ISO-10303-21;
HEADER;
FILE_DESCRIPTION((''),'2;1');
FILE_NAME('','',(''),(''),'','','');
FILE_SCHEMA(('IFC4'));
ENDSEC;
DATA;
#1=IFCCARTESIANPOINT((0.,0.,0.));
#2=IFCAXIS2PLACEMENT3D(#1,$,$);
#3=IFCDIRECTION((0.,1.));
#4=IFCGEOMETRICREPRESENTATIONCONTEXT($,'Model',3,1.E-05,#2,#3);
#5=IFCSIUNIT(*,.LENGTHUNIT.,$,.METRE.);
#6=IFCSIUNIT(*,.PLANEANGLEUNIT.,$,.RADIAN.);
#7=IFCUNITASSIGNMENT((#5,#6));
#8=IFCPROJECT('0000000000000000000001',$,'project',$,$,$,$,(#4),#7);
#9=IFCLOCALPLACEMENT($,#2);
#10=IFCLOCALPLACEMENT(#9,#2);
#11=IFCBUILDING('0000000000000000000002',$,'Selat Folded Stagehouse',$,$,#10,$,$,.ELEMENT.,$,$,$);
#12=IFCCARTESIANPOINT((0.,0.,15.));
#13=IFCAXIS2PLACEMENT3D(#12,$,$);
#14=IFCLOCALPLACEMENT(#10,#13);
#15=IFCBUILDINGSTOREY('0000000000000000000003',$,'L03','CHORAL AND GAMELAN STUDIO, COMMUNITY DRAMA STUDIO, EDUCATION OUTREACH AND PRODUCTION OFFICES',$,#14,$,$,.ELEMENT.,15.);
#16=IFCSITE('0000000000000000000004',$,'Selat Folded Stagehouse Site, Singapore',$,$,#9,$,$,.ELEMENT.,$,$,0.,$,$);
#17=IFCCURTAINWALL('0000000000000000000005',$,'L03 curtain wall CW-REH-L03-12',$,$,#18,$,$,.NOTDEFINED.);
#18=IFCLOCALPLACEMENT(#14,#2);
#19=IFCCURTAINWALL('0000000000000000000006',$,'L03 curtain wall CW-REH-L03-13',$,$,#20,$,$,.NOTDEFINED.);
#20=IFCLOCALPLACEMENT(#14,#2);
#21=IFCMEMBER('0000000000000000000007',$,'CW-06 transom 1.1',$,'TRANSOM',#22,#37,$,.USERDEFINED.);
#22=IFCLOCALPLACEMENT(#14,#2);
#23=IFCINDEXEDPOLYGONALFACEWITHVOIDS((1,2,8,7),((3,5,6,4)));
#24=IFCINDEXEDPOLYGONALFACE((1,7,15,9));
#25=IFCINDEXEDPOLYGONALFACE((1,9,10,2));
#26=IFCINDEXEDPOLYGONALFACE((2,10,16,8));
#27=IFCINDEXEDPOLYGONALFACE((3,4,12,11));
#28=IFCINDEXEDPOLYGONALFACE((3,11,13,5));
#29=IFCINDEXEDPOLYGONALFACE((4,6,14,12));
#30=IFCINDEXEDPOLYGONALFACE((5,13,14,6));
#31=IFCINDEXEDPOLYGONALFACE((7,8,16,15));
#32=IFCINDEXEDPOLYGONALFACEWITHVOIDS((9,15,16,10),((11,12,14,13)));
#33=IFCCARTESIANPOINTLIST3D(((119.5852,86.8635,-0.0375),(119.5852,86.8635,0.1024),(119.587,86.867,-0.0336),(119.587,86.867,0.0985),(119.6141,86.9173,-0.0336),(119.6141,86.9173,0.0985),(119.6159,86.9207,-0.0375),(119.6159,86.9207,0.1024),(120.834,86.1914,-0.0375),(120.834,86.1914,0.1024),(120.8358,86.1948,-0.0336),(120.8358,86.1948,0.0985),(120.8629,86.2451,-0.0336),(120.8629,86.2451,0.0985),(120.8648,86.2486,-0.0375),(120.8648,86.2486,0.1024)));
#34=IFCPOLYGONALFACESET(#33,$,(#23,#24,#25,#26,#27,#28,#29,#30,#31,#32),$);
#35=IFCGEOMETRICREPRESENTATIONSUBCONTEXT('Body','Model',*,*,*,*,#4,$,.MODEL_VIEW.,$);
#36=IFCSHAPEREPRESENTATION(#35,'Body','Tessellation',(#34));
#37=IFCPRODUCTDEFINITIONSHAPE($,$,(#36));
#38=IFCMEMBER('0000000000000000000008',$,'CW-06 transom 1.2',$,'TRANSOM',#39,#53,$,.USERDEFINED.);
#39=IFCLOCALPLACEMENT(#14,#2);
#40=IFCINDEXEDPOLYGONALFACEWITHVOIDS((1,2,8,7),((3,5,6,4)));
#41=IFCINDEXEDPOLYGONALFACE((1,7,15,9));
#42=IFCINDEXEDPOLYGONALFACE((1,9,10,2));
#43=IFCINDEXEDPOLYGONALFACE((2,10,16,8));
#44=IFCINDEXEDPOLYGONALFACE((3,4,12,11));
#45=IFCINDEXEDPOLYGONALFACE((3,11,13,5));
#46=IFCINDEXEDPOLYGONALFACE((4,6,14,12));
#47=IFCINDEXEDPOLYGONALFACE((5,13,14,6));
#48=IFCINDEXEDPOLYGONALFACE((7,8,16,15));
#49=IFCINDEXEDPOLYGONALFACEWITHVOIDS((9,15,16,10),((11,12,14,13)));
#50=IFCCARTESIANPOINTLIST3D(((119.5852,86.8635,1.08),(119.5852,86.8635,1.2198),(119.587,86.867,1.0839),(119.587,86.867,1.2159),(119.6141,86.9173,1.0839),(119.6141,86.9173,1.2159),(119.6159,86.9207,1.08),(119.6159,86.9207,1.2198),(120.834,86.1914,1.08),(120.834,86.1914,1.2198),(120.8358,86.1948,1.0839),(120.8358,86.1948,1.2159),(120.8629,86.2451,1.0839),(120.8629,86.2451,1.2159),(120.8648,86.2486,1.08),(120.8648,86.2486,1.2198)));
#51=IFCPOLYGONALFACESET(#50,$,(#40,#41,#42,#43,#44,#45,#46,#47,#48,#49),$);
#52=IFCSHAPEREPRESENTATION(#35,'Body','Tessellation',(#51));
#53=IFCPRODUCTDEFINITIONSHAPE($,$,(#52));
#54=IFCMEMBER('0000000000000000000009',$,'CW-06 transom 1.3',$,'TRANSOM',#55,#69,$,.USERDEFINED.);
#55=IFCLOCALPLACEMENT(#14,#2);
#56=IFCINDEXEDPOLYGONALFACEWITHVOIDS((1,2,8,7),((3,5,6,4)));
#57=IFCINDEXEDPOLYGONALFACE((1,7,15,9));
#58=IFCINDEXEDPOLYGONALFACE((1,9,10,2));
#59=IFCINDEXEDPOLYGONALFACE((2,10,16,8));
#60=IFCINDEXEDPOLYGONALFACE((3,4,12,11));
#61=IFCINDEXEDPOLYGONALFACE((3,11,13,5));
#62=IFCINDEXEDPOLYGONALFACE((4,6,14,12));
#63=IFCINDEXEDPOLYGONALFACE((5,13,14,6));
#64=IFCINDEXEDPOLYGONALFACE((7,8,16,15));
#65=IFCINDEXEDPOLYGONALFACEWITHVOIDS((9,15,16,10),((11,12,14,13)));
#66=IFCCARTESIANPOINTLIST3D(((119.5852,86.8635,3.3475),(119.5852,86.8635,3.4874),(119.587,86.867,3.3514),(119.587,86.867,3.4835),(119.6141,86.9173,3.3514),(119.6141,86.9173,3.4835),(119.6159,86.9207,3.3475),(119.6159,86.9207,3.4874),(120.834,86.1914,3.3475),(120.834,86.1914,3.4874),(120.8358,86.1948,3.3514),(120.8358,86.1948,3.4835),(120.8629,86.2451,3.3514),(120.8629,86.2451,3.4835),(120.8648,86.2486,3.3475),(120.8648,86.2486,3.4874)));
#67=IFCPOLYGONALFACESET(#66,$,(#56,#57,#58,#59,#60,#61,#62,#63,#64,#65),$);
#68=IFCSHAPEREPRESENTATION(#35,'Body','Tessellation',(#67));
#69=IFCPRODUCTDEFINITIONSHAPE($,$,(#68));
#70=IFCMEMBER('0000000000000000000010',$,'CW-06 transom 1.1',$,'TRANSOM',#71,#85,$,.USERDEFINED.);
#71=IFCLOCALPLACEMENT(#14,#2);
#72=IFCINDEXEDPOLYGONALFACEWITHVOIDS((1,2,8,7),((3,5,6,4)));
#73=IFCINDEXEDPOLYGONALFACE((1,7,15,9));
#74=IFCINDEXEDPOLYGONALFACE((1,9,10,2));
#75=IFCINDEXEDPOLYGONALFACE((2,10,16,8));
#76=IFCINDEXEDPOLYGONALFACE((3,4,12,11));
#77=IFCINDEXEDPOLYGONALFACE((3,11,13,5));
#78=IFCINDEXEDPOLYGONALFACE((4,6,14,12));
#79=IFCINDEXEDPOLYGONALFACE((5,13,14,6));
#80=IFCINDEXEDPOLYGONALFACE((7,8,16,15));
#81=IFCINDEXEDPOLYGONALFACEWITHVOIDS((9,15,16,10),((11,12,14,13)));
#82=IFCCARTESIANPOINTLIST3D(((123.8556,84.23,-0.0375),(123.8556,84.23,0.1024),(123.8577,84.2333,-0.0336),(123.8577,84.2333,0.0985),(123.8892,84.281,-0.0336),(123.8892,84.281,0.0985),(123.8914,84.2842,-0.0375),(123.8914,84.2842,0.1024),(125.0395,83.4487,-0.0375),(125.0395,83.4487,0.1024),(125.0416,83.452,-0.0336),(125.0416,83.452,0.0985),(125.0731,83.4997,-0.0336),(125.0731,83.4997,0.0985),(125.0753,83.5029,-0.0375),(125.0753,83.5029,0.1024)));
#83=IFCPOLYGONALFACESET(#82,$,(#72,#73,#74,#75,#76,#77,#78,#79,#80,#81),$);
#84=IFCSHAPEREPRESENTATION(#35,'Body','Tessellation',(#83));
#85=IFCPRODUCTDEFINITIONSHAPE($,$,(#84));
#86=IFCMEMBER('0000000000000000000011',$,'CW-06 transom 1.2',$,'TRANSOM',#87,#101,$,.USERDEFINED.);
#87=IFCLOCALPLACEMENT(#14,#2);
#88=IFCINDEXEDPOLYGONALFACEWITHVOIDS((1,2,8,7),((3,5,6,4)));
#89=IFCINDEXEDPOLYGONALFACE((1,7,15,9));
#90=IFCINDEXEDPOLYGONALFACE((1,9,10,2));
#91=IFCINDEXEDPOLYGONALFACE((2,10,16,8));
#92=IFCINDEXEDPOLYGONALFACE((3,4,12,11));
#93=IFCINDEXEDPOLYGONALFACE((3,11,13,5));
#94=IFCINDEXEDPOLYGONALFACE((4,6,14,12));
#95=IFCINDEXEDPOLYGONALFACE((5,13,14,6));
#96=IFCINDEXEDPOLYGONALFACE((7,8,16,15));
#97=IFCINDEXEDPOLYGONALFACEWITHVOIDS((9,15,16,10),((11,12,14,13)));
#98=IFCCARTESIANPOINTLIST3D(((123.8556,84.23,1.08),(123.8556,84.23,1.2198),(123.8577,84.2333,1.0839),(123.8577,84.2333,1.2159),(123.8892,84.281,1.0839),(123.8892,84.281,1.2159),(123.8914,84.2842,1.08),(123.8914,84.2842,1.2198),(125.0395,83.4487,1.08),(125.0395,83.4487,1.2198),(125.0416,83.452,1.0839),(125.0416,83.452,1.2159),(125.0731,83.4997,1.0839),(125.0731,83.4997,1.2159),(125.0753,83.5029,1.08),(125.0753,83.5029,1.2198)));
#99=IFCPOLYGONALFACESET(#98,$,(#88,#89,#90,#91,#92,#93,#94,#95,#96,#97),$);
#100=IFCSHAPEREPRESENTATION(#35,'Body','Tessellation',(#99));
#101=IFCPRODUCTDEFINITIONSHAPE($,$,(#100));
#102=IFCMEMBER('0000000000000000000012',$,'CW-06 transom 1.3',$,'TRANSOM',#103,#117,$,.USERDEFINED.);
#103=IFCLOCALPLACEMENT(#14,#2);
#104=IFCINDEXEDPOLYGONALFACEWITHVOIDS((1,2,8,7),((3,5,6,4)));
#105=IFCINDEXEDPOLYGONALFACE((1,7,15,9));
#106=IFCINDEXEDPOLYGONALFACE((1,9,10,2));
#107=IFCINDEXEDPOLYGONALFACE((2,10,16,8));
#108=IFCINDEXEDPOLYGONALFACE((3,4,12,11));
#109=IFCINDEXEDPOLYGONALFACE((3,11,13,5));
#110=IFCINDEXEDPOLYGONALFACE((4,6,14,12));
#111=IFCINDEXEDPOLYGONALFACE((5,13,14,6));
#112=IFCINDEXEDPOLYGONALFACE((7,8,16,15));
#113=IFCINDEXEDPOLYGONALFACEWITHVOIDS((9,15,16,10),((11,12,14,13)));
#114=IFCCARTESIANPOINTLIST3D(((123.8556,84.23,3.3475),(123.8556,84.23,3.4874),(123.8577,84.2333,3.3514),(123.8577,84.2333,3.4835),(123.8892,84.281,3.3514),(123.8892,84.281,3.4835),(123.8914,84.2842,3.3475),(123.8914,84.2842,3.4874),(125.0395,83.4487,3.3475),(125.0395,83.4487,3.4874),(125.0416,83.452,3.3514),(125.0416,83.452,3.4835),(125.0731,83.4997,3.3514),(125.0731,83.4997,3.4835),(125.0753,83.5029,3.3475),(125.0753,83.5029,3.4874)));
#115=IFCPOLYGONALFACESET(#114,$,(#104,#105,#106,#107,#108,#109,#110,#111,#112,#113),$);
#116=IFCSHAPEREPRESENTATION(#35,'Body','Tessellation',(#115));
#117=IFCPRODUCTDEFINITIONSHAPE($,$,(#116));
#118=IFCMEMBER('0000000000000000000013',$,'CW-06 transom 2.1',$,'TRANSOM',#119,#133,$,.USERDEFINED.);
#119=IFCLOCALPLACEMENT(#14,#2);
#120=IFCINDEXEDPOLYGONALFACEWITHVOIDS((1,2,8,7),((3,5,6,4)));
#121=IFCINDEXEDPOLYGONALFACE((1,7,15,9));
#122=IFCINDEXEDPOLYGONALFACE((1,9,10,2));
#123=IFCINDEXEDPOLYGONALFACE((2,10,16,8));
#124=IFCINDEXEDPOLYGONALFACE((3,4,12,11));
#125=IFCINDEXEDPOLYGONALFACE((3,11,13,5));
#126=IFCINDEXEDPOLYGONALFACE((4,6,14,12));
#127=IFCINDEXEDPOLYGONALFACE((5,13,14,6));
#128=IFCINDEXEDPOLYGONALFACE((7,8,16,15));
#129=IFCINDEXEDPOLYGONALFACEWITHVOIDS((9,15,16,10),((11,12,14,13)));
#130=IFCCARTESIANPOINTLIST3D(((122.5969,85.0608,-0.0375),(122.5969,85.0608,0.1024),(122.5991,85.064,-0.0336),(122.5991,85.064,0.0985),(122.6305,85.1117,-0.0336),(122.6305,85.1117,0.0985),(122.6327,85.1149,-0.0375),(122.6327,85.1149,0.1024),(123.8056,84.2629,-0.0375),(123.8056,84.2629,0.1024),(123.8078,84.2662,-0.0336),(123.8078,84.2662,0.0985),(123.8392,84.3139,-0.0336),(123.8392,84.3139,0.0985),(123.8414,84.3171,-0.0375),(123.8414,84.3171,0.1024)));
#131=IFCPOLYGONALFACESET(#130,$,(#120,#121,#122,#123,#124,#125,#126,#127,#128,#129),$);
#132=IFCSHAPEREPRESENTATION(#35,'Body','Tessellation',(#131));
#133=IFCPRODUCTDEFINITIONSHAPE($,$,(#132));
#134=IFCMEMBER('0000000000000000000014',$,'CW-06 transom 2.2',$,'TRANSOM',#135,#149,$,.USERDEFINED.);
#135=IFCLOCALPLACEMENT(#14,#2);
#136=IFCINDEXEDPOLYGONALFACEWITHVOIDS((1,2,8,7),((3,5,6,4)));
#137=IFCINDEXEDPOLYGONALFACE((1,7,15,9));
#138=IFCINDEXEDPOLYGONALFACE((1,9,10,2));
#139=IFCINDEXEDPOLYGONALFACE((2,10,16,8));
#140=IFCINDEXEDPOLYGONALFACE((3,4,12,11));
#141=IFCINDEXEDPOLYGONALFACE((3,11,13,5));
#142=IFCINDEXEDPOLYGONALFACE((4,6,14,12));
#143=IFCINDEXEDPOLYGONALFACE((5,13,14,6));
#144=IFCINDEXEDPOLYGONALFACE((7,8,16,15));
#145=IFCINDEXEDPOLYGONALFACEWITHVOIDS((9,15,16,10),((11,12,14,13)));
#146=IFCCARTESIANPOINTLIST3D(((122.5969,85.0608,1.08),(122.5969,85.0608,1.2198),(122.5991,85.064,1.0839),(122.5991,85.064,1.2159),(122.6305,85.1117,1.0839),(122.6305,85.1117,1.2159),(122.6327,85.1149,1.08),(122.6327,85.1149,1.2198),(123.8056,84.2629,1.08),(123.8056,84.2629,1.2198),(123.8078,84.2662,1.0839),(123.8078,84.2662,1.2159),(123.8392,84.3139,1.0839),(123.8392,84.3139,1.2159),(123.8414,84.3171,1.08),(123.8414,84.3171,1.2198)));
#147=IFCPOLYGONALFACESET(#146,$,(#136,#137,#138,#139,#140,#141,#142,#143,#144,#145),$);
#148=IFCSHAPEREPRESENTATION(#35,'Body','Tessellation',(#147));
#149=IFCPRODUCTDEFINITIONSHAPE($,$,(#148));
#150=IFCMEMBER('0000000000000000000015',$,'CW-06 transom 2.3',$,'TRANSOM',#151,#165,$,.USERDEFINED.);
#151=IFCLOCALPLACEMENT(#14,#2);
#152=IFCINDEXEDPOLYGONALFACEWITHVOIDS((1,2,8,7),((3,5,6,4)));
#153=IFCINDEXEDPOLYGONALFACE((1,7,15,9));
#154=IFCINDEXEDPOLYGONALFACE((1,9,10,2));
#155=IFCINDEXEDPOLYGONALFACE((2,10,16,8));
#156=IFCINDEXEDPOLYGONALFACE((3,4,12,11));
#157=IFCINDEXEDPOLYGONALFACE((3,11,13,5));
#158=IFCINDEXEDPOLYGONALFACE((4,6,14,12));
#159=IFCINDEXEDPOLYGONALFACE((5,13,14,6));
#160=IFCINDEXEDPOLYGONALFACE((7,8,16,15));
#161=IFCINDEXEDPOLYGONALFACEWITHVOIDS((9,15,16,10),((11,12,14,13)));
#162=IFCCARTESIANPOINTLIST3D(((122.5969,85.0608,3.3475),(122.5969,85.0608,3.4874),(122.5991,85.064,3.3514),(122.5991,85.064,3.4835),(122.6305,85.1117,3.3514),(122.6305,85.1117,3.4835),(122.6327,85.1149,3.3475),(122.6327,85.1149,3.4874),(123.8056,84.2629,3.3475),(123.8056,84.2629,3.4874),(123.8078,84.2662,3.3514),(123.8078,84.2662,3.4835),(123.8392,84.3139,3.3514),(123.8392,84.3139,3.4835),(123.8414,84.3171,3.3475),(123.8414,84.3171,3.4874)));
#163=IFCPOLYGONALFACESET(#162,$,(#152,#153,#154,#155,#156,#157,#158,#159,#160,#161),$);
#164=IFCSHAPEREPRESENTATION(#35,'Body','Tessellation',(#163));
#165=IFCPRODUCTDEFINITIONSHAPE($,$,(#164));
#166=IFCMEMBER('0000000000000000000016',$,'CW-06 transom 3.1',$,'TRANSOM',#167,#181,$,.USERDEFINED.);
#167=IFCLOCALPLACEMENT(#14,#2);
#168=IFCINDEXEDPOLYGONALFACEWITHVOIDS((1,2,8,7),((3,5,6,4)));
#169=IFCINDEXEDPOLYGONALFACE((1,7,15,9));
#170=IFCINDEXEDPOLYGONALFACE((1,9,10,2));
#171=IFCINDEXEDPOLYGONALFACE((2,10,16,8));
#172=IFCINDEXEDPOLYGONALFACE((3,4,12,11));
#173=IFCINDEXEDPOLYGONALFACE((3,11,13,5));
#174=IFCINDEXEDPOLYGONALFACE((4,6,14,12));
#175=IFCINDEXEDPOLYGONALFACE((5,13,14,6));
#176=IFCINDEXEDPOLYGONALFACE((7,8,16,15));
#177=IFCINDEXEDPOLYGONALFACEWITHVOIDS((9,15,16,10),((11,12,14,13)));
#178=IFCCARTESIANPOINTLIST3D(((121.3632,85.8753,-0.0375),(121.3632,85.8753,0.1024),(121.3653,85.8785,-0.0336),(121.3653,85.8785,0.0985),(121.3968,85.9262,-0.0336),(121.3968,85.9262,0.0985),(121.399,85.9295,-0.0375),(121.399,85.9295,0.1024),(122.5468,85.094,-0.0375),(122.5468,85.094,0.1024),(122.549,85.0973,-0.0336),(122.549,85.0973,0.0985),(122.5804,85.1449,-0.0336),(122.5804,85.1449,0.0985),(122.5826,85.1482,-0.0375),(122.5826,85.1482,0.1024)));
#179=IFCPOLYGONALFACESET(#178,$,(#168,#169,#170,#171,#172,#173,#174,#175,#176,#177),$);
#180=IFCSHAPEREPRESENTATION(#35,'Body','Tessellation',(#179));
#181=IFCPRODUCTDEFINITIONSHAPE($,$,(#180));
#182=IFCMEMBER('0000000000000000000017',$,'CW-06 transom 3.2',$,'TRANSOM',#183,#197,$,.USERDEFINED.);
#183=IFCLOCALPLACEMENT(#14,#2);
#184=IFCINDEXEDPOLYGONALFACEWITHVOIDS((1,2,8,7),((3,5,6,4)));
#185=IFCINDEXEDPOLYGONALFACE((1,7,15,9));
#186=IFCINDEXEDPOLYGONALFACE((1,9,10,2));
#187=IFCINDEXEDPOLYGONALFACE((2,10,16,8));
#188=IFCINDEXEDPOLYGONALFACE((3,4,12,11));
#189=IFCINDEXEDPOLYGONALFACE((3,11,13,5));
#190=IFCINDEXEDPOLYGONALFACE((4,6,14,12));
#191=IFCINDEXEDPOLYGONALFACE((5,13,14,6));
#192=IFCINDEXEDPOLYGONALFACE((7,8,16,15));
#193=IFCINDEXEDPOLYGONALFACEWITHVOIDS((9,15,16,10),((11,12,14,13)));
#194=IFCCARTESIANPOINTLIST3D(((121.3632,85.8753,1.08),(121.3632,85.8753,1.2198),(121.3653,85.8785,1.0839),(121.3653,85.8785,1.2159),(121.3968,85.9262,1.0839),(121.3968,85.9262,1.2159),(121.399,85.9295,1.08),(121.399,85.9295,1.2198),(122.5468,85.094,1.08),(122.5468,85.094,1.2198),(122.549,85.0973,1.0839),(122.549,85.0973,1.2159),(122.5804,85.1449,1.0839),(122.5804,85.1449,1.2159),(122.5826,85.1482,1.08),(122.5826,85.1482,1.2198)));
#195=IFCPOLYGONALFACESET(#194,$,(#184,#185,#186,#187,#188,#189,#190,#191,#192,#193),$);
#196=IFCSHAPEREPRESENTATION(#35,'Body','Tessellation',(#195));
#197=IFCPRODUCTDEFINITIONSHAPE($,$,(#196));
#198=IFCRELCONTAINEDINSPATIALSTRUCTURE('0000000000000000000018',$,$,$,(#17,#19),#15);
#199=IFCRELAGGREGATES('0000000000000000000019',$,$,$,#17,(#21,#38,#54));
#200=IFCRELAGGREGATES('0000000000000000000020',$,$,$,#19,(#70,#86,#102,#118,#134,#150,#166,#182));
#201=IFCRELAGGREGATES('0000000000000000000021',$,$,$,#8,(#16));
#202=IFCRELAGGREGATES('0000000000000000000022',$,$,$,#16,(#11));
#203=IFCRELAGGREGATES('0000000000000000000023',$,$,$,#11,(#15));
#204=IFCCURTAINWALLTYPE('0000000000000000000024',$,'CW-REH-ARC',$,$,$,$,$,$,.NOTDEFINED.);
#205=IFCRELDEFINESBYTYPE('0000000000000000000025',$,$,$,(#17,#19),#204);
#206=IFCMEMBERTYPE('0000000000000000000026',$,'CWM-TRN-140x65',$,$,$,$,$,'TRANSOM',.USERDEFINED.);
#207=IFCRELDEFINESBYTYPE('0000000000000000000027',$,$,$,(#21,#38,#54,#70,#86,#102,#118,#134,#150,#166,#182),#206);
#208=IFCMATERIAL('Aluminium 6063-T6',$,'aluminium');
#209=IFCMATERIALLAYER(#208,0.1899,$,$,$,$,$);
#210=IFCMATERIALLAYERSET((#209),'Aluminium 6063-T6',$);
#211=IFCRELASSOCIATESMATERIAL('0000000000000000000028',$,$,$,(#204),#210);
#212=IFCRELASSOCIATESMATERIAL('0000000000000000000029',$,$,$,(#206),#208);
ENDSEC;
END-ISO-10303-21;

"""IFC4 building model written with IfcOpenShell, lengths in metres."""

from ifc_helpers import new_model, si_unit, direction, frame, origin, origin_2d, place, context, subcontext, project, spatial, hollow_rectangle, extrude, material, layer, layer_set, material_profile, profile_set, type_object, element, aggregate, save


model = new_model("IFC4")

# Units and contexts
model_context = context("Model", 3, precision=1e-05, world=origin(), true_north=direction((0.0, 1.0)))
body_context = subcontext(model_context, "Body", "Model", "MODEL_VIEW")
ifc_project = project(units=[si_unit("LENGTHUNIT", "METRE"), si_unit("PLANEANGLEUNIT", "RADIAN")], contexts=[model_context])

# Site, building, storey
site_placement = place(None, origin())
site = spatial("IfcSite", under=ifc_project, at=site_placement, Name="Selat Folded Stagehouse Site, Singapore", CompositionType="ELEMENT", RefElevation=0.0)
building_placement = place(site_placement, origin())
building = spatial("IfcBuilding", under=site, at=building_placement, Name="Selat Folded Stagehouse", CompositionType="ELEMENT")
storey_placement = place(building_placement, frame((0.0, 0.0, 15.0)))
storey = spatial("IfcBuildingStorey", under=building, at=storey_placement, Name="L03", Description="CHORAL AND GAMELAN STUDIO, COMMUNITY DRAMA STUDIO, EDUCATION OUTREACH AND PRODUCTION OFFICES", CompositionType="ELEMENT", Elevation=15.0)

# Curtain walls
ifc_material_1 = material(Name="Aluminium 6063-T6", Category="aluminium")
ifc_layer_1 = layer(ifc_material_1, 0.1899)
ifc_layer_set_1 = layer_set([ifc_layer_1], Name="Aluminium 6063-T6")
curtain_wall_type = type_object("IfcCurtainWallType", Name="CW-REH-ARC", PredefinedType="NOTDEFINED", material=ifc_layer_set_1)
curtain_wall_1_placement = place(storey_placement, origin())
curtain_wall_1 = element("IfcCurtainWall", 1, at=curtain_wall_1_placement, inside=storey, type_object=curtain_wall_type, Name="L03 curtain wall CW-REH-L03-12", PredefinedType="NOTDEFINED")
curtain_wall_2_placement = place(storey_placement, origin())
curtain_wall_2 = element("IfcCurtainWall", 2, at=curtain_wall_2_placement, inside=storey, type_object=curtain_wall_type, Name="L03 curtain wall CW-REH-L03-13", PredefinedType="NOTDEFINED")

# Members
ifc_material_profile_1 = material_profile(ifc_material_1, hollow_rectangle(XDim=0.0649, YDim=0.1399, WallThickness=0.0039, at=origin_2d()), Name="ALU 140x65x4.0")
ifc_profile_set_1 = profile_set([ifc_material_profile_1], Name="Aluminium 6063-T6")
member_type_1 = type_object("IfcMemberType", Name="CWM-TRN-140x65", ElementType="TRANSOM", PredefinedType="USERDEFINED", material=ifc_profile_set_1)
member_1_placement = place(storey_placement, frame((120.8494, 86.22, 0.0325), z_axis=(-0.88056, 0.473936, 0.0), x_axis=(-0.473936, -0.88056, 0.0)))
member_1 = element("IfcMember", 3, at=member_1_placement, type_object=member_type_1, Name="CW-06 transom 1.1", ObjectType="TRANSOM", PredefinedType="USERDEFINED", context=body_context, shape_type="SweptSolid", body=[
    extrude(hollow_rectangle(XDim=0.0649, YDim=0.1399, WallThickness=0.0039, at=origin_2d()), origin(), (0.0, 0.0, 1.0), 1.4182),
])
member_2_placement = place(storey_placement, frame((120.8494, 86.22, 1.1499), z_axis=(-0.88056, 0.473936, 0.0), x_axis=(-0.473936, -0.88056, 0.0)))
member_2 = element("IfcMember", 4, at=member_2_placement, type_object=member_type_1, Name="CW-06 transom 1.2", ObjectType="TRANSOM", PredefinedType="USERDEFINED", context=body_context, shape_type="SweptSolid", body=[
    extrude(hollow_rectangle(XDim=0.0649, YDim=0.1399, WallThickness=0.0039, at=origin_2d()), origin(), (0.0, 0.0, 1.0), 1.4182),
])
member_3_placement = place(storey_placement, frame((120.8494, 86.22, 3.4175), z_axis=(-0.88056, 0.473936, 0.0), x_axis=(-0.473936, -0.88056, 0.0)))
member_3 = element("IfcMember", 5, at=member_3_placement, type_object=member_type_1, Name="CW-06 transom 1.3", ObjectType="TRANSOM", PredefinedType="USERDEFINED", context=body_context, shape_type="SweptSolid", body=[
    extrude(hollow_rectangle(XDim=0.0649, YDim=0.1399, WallThickness=0.0039, at=origin_2d()), origin(), (0.0, 0.0, 1.0), 1.4182),
])
member_4_placement = place(storey_placement, frame((125.0574, 83.4758, 0.0325), z_axis=(-0.834636, 0.550801, 0.0), x_axis=(-0.550801, -0.834636, 0.0)))
member_4 = element("IfcMember", 6, at=member_4_placement, type_object=member_type_1, Name="CW-06 transom 1.1", ObjectType="TRANSOM", PredefinedType="USERDEFINED", context=body_context, shape_type="SweptSolid", body=[
    extrude(hollow_rectangle(XDim=0.0649, YDim=0.1399, WallThickness=0.0039, at=origin_2d()), origin(), (0.0, 0.0, 1.0), 1.4185),
])
member_5_placement = place(storey_placement, frame((125.0574, 83.4758, 1.1499), z_axis=(-0.834636, 0.550801, 0.0), x_axis=(-0.550801, -0.834636, 0.0)))
member_5 = element("IfcMember", 7, at=member_5_placement, type_object=member_type_1, Name="CW-06 transom 1.2", ObjectType="TRANSOM", PredefinedType="USERDEFINED", context=body_context, shape_type="SweptSolid", body=[
    extrude(hollow_rectangle(XDim=0.0649, YDim=0.1399, WallThickness=0.0039, at=origin_2d()), origin(), (0.0, 0.0, 1.0), 1.4185),
])
member_6_placement = place(storey_placement, frame((125.0574, 83.4758, 3.4175), z_axis=(-0.834636, 0.550801, 0.0), x_axis=(-0.550801, -0.834636, 0.0)))
member_6 = element("IfcMember", 8, at=member_6_placement, type_object=member_type_1, Name="CW-06 transom 1.3", ObjectType="TRANSOM", PredefinedType="USERDEFINED", context=body_context, shape_type="SweptSolid", body=[
    extrude(hollow_rectangle(XDim=0.0649, YDim=0.1399, WallThickness=0.0039, at=origin_2d()), origin(), (0.0, 0.0, 1.0), 1.4185),
])
member_7_placement = place(storey_placement, frame((123.8235, 84.29, 0.0325), z_axis=(-0.834583, 0.550882, 0.0), x_axis=(-0.550882, -0.834583, 0.0)))
member_7 = element("IfcMember", 9, at=member_7_placement, type_object=member_type_1, Name="CW-06 transom 2.1", ObjectType="TRANSOM", PredefinedType="USERDEFINED", context=body_context, shape_type="SweptSolid", body=[
    extrude(hollow_rectangle(XDim=0.0649, YDim=0.1399, WallThickness=0.0039, at=origin_2d()), origin(), (0.0, 0.0, 1.0), 1.4482),
])
member_8_placement = place(storey_placement, frame((123.8235, 84.29, 1.1499), z_axis=(-0.834583, 0.550882, 0.0), x_axis=(-0.550882, -0.834583, 0.0)))
member_8 = element("IfcMember", 10, at=member_8_placement, type_object=member_type_1, Name="CW-06 transom 2.2", ObjectType="TRANSOM", PredefinedType="USERDEFINED", context=body_context, shape_type="SweptSolid", body=[
    extrude(hollow_rectangle(XDim=0.0649, YDim=0.1399, WallThickness=0.0039, at=origin_2d()), origin(), (0.0, 0.0, 1.0), 1.4482),
])
member_9_placement = place(storey_placement, frame((123.8235, 84.29, 3.4175), z_axis=(-0.834583, 0.550882, 0.0), x_axis=(-0.550882, -0.834583, 0.0)))
member_9 = element("IfcMember", 11, at=member_9_placement, type_object=member_type_1, Name="CW-06 transom 2.3", ObjectType="TRANSOM", PredefinedType="USERDEFINED", context=body_context, shape_type="SweptSolid", body=[
    extrude(hollow_rectangle(XDim=0.0649, YDim=0.1399, WallThickness=0.0039, at=origin_2d()), origin(), (0.0, 0.0, 1.0), 1.4482),
])
member_10_placement = place(storey_placement, frame((122.5647, 85.1211, 0.0325), z_axis=(-0.834584, 0.550881, 0.0), x_axis=(-0.550881, -0.834584, 0.0)))
member_10 = element("IfcMember", 12, at=member_10_placement, type_object=member_type_1, Name="CW-06 transom 3.1", ObjectType="TRANSOM", PredefinedType="USERDEFINED", context=body_context, shape_type="SweptSolid", body=[
    extrude(hollow_rectangle(XDim=0.0649, YDim=0.1399, WallThickness=0.0039, at=origin_2d()), origin(), (0.0, 0.0, 1.0), 1.4182),
])
member_11_placement = place(storey_placement, frame((122.5647, 85.1211, 1.1499), z_axis=(-0.834584, 0.550881, 0.0), x_axis=(-0.550881, -0.834584, 0.0)))
member_11 = element("IfcMember", 13, at=member_11_placement, type_object=member_type_1, Name="CW-06 transom 3.2", ObjectType="TRANSOM", PredefinedType="USERDEFINED", context=body_context, shape_type="SweptSolid", body=[
    extrude(hollow_rectangle(XDim=0.0649, YDim=0.1399, WallThickness=0.0039, at=origin_2d()), origin(), (0.0, 0.0, 1.0), 1.4182),
])

aggregate(curtain_wall_1, [member_1, member_2, member_3])
aggregate(curtain_wall_2, [member_4, member_5, member_6, member_7, member_8, member_9, member_10, member_11])

save(model, "model.ifc")
